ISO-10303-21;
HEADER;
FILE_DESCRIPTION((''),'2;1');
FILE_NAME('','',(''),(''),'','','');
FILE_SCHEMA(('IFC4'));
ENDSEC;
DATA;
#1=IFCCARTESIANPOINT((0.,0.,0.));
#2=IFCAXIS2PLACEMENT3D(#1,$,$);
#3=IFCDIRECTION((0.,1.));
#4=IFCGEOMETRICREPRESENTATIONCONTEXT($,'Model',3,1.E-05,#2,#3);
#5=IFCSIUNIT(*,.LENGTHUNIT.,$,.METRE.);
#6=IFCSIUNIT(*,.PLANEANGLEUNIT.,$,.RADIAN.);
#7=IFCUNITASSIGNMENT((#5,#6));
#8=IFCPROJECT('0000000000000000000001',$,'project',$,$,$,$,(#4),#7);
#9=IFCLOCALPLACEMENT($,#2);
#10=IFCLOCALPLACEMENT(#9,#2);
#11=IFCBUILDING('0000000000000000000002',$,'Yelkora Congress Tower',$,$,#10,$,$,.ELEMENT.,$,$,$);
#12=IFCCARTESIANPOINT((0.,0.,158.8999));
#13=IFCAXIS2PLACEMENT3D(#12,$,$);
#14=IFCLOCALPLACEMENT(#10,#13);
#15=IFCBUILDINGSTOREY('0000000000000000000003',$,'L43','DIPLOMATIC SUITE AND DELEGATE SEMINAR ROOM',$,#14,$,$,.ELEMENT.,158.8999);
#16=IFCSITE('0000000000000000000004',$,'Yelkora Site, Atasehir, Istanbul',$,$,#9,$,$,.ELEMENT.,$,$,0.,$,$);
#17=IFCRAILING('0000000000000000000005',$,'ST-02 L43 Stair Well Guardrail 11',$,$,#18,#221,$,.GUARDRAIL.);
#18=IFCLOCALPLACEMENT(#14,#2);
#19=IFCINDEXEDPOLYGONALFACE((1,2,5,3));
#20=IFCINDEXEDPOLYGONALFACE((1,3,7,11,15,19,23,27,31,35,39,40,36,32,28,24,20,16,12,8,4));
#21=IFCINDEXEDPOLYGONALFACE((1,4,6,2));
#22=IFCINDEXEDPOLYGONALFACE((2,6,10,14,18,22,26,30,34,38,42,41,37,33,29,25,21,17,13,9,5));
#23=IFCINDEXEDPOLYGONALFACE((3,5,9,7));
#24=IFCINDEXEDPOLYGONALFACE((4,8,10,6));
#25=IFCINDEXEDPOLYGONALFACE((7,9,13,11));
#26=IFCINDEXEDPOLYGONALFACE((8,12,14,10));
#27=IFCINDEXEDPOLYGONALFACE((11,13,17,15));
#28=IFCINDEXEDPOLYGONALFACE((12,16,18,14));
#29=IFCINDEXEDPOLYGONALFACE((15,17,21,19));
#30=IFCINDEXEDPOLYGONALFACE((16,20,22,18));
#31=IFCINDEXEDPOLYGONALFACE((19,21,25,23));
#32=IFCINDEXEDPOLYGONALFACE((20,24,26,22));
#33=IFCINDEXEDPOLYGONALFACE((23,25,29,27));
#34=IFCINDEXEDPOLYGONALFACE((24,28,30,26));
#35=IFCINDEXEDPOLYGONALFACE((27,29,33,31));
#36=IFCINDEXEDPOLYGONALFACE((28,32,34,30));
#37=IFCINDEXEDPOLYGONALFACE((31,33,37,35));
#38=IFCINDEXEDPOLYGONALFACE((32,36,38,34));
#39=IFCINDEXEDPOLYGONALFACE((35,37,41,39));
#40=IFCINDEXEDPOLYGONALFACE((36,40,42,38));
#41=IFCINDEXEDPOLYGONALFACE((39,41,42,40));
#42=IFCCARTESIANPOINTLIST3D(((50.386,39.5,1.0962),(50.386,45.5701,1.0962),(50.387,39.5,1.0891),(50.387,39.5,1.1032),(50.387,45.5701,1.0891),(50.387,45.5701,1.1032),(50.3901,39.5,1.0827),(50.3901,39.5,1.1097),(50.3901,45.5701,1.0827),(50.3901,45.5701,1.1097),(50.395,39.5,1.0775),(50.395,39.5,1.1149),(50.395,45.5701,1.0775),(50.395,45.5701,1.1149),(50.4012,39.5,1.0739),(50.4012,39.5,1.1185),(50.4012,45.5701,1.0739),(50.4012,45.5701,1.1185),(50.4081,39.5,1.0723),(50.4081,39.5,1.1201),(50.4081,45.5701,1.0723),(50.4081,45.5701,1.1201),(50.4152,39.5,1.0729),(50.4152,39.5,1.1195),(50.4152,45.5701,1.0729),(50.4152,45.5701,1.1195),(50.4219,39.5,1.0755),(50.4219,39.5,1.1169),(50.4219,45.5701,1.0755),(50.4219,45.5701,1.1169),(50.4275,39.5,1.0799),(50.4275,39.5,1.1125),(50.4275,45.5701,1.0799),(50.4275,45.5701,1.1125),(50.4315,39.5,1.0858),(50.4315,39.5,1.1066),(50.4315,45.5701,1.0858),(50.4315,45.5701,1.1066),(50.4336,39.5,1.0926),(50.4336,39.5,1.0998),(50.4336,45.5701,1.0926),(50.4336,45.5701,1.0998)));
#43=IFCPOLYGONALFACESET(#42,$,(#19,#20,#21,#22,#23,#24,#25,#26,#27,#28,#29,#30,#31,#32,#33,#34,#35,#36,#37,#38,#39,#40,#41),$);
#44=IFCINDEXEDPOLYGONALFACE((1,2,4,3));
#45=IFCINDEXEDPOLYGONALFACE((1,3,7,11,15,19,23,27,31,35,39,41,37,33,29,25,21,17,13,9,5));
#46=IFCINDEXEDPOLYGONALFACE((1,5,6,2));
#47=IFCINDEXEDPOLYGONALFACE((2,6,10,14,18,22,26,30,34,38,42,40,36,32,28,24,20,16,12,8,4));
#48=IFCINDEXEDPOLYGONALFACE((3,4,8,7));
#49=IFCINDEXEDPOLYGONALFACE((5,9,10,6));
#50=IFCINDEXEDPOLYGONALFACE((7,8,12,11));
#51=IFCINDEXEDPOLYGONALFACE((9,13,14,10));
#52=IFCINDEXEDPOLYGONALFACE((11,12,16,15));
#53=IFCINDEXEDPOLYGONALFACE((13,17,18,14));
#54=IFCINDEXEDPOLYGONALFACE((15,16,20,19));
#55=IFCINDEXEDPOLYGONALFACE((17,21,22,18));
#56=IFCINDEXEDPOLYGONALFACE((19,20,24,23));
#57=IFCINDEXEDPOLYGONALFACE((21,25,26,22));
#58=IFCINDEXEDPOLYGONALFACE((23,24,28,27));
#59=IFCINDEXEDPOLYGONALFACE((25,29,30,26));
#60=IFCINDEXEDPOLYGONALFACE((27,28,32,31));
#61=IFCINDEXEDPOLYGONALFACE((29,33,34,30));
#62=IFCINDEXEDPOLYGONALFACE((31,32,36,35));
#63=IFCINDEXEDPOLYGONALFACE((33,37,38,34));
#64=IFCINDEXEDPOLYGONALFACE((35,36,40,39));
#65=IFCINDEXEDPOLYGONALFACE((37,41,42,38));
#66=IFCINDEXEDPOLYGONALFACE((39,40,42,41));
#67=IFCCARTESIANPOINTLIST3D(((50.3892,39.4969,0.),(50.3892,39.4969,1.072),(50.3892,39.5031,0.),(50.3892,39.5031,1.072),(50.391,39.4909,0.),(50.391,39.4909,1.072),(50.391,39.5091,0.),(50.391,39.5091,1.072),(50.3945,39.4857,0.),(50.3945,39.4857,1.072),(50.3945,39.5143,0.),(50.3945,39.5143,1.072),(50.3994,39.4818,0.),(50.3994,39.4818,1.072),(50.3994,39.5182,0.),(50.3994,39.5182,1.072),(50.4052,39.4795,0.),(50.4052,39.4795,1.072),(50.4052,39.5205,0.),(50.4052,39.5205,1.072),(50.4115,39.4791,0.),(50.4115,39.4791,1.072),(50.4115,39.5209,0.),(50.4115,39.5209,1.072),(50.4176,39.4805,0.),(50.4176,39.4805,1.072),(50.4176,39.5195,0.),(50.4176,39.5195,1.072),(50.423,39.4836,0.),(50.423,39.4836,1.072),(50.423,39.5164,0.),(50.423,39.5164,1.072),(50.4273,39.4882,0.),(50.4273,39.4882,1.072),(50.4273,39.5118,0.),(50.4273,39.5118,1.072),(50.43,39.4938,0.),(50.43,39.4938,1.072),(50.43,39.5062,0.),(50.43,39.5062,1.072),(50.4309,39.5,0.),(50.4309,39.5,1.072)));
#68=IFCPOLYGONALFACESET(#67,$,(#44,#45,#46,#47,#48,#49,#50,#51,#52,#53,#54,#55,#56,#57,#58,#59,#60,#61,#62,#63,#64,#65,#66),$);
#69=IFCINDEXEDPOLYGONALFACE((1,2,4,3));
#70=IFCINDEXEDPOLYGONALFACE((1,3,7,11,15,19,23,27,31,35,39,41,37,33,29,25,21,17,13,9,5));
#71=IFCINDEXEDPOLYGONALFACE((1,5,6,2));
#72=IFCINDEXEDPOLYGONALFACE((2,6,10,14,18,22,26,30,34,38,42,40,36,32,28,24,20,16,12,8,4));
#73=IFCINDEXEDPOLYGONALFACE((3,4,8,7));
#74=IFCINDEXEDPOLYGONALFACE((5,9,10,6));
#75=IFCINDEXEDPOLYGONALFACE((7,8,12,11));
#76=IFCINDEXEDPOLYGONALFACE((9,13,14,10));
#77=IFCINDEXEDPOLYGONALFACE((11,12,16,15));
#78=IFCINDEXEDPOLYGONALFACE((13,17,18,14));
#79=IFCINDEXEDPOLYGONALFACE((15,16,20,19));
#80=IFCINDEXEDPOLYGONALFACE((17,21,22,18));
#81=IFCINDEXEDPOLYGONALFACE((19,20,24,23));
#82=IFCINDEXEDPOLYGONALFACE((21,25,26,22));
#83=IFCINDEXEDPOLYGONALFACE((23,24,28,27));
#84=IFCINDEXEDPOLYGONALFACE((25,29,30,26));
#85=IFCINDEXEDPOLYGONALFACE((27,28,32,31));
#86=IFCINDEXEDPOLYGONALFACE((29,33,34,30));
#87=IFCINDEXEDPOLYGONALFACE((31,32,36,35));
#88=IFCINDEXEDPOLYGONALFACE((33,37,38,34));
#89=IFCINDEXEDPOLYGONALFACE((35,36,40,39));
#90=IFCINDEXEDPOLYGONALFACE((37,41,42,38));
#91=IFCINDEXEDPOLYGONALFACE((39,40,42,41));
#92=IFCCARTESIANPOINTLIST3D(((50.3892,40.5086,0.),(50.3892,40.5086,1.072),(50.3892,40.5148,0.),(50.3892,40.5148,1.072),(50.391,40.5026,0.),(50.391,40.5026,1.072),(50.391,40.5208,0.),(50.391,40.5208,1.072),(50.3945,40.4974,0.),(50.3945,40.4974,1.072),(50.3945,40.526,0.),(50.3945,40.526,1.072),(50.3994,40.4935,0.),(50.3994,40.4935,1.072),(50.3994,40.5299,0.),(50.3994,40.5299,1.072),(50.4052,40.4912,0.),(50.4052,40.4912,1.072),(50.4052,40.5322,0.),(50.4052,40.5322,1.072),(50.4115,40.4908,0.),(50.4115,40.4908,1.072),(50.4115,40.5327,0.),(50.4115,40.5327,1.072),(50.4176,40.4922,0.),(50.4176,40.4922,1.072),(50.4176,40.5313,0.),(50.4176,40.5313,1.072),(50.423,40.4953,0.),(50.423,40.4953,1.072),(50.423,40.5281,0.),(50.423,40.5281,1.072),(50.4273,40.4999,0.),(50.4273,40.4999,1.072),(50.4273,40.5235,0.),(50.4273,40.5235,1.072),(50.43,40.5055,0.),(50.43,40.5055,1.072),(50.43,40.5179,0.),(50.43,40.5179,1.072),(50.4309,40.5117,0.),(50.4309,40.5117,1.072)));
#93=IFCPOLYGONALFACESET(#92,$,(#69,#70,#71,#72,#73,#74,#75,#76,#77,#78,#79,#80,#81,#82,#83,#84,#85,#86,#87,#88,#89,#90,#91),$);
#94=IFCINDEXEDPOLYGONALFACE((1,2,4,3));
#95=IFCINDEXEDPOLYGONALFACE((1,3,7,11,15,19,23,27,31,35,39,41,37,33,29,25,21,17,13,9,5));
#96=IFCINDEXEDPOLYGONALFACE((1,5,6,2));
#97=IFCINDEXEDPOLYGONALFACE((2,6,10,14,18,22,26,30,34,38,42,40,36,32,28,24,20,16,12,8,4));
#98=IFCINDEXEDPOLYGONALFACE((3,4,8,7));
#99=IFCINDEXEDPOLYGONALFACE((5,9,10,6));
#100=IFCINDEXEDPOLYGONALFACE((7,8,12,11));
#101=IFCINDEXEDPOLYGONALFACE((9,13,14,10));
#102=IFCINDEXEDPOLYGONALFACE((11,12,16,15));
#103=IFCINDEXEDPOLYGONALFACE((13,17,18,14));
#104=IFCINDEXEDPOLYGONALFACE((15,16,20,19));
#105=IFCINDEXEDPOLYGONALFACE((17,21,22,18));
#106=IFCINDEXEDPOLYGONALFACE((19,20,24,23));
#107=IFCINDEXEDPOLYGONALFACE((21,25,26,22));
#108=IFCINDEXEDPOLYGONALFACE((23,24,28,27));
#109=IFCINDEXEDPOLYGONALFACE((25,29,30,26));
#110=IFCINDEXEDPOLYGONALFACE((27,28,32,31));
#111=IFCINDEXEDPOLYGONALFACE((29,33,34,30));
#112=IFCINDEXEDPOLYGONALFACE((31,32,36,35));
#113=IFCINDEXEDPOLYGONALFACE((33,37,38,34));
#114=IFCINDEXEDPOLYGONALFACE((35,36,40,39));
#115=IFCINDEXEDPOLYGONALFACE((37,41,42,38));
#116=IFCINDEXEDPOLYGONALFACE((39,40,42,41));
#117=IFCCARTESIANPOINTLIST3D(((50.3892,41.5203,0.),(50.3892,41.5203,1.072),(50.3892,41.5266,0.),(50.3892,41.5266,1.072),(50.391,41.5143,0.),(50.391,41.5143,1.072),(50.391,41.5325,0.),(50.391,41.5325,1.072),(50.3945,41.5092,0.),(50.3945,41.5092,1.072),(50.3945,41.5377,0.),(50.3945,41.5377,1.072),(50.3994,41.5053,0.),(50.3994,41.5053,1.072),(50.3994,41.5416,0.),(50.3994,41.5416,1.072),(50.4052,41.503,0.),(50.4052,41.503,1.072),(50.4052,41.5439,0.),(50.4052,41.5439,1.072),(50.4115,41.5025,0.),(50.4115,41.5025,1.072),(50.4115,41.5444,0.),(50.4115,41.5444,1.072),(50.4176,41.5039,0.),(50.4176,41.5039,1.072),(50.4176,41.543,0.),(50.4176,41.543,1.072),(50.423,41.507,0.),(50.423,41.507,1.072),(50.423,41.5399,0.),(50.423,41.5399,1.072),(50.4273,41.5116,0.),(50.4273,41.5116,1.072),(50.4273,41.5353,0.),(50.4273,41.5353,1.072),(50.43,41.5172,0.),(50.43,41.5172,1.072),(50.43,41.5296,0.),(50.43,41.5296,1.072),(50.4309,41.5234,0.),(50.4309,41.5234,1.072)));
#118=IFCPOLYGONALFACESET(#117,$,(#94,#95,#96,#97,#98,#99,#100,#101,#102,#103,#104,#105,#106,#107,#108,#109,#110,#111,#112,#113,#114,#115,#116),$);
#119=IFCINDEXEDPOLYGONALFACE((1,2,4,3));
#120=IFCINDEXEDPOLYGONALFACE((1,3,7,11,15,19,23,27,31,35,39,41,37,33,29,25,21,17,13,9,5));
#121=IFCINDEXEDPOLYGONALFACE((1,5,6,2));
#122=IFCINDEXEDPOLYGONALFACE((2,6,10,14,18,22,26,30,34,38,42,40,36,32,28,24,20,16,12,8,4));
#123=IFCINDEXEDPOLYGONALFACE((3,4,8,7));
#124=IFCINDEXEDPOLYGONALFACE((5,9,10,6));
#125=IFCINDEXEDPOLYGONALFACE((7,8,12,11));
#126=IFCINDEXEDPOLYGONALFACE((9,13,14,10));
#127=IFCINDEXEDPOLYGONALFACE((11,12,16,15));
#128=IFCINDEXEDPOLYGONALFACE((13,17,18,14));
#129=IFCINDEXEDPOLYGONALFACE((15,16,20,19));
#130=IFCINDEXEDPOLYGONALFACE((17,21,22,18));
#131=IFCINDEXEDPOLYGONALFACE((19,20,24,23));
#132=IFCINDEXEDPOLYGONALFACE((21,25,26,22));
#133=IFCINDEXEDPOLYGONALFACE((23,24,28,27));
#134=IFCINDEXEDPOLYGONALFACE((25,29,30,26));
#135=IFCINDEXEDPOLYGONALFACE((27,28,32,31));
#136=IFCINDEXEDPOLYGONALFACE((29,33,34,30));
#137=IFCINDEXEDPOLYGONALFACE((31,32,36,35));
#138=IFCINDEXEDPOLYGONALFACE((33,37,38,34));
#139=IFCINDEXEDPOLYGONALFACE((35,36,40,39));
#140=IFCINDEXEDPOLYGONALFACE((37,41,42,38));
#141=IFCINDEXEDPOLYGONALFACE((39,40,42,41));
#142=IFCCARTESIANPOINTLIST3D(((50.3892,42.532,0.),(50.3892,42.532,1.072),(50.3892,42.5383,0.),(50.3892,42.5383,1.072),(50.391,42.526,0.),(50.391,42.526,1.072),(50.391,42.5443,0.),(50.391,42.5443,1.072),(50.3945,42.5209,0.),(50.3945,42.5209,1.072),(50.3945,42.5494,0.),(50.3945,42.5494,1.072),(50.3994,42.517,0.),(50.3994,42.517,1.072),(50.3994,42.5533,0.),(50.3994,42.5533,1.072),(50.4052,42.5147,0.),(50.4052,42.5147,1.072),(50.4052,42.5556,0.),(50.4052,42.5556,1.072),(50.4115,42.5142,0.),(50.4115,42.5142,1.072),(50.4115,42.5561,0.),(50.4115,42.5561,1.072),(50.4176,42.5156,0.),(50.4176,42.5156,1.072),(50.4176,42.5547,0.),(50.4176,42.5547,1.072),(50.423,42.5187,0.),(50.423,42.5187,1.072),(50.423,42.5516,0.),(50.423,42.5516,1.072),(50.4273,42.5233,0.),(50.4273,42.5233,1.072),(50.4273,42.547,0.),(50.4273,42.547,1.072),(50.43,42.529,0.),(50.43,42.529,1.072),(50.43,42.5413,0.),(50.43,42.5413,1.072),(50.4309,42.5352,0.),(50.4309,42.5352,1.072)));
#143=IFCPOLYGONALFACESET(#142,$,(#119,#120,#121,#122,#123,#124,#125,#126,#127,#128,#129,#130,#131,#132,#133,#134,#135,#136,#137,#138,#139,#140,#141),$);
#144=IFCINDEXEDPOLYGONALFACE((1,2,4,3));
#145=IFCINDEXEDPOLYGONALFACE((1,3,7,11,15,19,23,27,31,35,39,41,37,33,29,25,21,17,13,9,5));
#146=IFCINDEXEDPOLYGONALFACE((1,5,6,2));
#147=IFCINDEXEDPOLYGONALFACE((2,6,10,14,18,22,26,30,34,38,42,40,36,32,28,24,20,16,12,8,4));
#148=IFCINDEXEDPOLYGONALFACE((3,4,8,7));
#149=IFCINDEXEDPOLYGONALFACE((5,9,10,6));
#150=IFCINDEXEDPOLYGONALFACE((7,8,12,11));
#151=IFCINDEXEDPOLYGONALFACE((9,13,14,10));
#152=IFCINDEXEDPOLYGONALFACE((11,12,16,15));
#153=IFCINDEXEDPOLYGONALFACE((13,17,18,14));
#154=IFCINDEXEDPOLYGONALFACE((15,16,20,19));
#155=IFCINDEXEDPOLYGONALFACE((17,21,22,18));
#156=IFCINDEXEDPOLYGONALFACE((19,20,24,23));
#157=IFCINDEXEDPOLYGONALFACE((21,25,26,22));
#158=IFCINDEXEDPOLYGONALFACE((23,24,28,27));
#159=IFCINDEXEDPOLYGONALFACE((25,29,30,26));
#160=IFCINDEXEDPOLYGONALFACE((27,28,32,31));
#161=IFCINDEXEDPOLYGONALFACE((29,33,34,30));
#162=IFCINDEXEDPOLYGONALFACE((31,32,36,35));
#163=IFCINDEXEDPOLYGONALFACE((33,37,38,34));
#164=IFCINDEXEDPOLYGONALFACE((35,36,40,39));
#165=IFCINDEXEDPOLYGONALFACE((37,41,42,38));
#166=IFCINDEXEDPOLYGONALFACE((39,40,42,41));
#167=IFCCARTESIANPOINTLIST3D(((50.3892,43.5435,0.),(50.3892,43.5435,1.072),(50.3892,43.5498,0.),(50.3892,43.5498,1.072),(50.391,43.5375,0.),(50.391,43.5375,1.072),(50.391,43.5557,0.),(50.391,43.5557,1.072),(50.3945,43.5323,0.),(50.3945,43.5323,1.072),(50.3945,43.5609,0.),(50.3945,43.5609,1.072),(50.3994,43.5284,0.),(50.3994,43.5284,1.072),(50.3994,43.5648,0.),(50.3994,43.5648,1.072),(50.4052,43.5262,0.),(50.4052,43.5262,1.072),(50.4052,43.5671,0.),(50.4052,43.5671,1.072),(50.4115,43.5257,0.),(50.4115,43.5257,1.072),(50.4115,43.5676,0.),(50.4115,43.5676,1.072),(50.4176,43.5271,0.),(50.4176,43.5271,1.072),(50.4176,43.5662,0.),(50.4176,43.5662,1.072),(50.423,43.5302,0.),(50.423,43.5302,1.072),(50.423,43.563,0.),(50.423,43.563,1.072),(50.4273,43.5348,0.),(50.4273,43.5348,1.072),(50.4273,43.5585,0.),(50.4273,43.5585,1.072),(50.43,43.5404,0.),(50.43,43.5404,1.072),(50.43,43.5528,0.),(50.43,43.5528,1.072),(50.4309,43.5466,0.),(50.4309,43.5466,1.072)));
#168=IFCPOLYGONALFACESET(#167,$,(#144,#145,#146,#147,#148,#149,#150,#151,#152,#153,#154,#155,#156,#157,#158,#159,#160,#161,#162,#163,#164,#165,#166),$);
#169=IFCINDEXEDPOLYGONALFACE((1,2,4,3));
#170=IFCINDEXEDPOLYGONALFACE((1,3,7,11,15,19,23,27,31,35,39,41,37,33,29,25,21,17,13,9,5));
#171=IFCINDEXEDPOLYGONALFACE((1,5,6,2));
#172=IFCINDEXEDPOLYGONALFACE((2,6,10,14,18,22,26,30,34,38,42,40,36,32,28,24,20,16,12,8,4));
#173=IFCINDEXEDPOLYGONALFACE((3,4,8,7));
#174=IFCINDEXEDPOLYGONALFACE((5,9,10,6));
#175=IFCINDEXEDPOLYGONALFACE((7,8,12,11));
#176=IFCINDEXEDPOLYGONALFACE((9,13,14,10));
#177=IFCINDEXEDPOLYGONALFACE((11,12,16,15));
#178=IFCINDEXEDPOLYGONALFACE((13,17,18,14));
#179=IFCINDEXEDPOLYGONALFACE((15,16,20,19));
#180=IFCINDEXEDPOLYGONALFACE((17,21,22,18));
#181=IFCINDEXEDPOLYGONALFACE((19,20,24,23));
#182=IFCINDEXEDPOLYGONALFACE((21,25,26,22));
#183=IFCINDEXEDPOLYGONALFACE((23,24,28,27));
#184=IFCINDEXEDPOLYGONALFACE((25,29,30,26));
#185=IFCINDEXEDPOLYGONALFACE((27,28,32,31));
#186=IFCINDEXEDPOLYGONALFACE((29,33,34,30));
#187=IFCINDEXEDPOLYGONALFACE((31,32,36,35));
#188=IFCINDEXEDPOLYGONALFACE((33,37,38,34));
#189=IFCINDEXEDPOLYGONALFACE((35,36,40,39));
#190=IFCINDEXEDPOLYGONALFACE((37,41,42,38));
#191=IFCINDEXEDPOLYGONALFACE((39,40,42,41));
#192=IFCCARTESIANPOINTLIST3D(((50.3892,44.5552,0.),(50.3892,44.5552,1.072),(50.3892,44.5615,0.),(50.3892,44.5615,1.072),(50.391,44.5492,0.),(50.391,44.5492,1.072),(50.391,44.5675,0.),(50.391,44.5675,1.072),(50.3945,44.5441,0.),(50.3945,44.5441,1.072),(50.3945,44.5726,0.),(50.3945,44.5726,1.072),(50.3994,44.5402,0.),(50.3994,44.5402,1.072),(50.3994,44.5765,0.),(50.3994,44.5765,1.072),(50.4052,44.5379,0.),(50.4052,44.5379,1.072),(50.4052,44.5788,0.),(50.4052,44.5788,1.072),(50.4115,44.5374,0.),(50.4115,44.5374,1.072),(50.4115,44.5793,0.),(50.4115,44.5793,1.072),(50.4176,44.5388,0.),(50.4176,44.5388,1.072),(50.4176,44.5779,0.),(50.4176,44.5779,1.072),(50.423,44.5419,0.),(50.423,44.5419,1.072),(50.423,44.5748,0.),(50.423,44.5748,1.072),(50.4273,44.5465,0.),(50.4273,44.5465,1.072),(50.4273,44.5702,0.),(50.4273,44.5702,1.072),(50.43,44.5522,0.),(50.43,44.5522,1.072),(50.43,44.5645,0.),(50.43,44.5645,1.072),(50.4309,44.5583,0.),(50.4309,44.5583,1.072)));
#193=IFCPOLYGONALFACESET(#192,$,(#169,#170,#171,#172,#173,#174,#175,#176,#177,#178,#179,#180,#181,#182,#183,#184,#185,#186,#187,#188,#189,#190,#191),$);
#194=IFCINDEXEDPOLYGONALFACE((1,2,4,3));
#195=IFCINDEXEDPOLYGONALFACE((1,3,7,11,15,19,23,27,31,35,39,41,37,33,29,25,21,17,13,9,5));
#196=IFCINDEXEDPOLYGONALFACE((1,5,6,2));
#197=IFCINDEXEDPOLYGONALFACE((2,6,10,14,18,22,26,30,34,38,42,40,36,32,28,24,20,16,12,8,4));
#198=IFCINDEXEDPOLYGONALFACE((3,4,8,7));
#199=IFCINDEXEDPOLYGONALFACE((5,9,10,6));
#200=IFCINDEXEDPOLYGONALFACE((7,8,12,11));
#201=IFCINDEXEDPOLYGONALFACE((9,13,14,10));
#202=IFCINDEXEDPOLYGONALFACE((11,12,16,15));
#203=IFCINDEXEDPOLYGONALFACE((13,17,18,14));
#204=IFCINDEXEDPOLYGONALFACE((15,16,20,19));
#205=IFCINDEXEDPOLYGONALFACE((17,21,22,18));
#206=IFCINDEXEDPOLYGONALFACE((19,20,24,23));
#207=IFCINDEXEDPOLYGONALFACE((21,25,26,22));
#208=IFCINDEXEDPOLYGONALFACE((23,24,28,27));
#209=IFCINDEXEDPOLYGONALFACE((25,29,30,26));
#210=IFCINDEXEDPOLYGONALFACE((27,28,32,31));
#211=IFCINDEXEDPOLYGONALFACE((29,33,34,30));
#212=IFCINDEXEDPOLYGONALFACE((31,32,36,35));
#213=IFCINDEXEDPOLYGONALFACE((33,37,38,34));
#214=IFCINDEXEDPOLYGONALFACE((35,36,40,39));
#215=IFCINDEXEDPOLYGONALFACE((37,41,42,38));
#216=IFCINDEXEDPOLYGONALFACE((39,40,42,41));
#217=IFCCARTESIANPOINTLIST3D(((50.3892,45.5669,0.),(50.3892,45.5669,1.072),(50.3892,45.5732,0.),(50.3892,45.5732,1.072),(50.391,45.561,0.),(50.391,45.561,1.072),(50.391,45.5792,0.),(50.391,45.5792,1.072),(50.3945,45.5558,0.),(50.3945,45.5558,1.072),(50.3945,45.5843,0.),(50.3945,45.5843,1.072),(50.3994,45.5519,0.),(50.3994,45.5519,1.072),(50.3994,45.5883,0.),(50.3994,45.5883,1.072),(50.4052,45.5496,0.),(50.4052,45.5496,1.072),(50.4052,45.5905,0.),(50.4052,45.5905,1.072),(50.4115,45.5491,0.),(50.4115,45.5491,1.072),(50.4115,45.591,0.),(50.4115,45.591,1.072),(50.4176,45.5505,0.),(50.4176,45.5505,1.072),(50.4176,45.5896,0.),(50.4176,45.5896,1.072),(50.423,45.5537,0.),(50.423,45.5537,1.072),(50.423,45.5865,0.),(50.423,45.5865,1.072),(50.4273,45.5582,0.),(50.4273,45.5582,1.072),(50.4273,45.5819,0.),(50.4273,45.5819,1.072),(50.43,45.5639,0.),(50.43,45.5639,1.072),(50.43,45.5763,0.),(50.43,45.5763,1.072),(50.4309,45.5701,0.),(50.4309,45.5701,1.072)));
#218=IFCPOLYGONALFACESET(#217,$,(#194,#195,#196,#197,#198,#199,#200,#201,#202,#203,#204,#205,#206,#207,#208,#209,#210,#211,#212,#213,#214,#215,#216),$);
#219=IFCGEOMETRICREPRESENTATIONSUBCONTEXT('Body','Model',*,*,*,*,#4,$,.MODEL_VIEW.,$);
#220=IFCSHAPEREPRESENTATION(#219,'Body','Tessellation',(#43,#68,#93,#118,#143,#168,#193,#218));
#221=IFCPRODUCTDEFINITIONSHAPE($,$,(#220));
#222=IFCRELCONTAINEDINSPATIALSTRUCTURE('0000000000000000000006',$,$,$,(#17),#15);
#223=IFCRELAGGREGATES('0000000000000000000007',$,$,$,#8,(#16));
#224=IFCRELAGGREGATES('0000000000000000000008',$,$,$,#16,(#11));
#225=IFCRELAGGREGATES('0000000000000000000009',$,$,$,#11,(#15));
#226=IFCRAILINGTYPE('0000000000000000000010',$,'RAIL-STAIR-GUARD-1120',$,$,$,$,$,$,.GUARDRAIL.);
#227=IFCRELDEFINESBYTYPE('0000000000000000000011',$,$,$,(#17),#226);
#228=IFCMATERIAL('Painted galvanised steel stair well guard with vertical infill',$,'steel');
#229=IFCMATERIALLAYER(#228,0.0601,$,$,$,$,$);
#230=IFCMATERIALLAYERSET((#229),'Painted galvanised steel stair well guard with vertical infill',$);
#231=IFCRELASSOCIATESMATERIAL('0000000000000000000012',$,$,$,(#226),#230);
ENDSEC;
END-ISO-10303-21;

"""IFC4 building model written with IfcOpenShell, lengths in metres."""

from ifc_helpers import new_model, si_unit, direction, frame, origin, origin_2d, place, context, subcontext, project, spatial, circle, extrude, material, layer, layer_set, type_object, element, save


model = new_model("IFC4")

# Units and contexts
model_context = context("Model", 3, precision=1e-05, world=origin(), true_north=direction((0.0, 1.0)))
body_context = subcontext(model_context, "Body", "Model", "MODEL_VIEW")
ifc_project = project(units=[si_unit("LENGTHUNIT", "METRE"), si_unit("PLANEANGLEUNIT", "RADIAN")], contexts=[model_context])

# Site, building, storey
site_placement = place(None, origin())
site = spatial("IfcSite", under=ifc_project, at=site_placement, Name="Yelkora Site, Atasehir, Istanbul", CompositionType="ELEMENT", RefElevation=0.0)
building_placement = place(site_placement, origin())
building = spatial("IfcBuilding", under=site, at=building_placement, Name="Yelkora Congress Tower", CompositionType="ELEMENT")
storey_placement = place(building_placement, frame((0.0, 0.0, 158.8999)))
storey = spatial("IfcBuildingStorey", under=building, at=storey_placement, Name="L43", Description="DIPLOMATIC SUITE AND DELEGATE SEMINAR ROOM", CompositionType="ELEMENT", Elevation=158.8999)

# Railing
ifc_material_1 = material(Name="Painted galvanised steel stair well guard with vertical infill", Category="steel")
ifc_layer_1 = layer(ifc_material_1, 0.0601)
ifc_layer_set_1 = layer_set([ifc_layer_1], Name="Painted galvanised steel stair well guard with vertical infill")
railing_type_1 = type_object("IfcRailingType", Name="RAIL-STAIR-GUARD-1120", PredefinedType="GUARDRAIL", material=ifc_layer_set_1)
railing_1_placement = place(storey_placement, frame((50.4099, 39.5, 0.0)))
element("IfcRailing", 1, at=railing_1_placement, inside=storey, type_object=railing_type_1, Name="ST-02 L43 Stair Well Guardrail 11", PredefinedType="GUARDRAIL", context=body_context, shape_type="SweptSolid", body=[
    extrude(circle(Radius=0.0239, at=origin_2d()), frame((0.0, 0.0, 1.0962), z_axis=(0.0, 1.0, 0.0), x_axis=(-1.0, 0.0, 0.0)), (0.0, 0.0, 1.0), 6.0701),
    extrude(circle(Radius=0.021, at=origin_2d()), origin(), (0.0, 0.0, 1.0), 1.072),
    extrude(circle(Radius=0.021, at=origin_2d()), frame((0.0, 1.0117, 0.0)), (0.0, 0.0, 1.0), 1.072),
    extrude(circle(Radius=0.021, at=origin_2d()), frame((0.0, 2.0234, 0.0)), (0.0, 0.0, 1.0), 1.072),
    extrude(circle(Radius=0.021, at=origin_2d()), frame((0.0, 3.0352, 0.0)), (0.0, 0.0, 1.0), 1.072),
    extrude(circle(Radius=0.021, at=origin_2d()), frame((0.0, 4.0466, 0.0)), (0.0, 0.0, 1.0), 1.072),
    extrude(circle(Radius=0.021, at=origin_2d()), frame((0.0, 5.0583, 0.0)), (0.0, 0.0, 1.0), 1.072),
    extrude(circle(Radius=0.021, at=origin_2d()), frame((0.0, 6.0701, 0.0)), (0.0, 0.0, 1.0), 1.072),
])

save(model, "model.ifc")
